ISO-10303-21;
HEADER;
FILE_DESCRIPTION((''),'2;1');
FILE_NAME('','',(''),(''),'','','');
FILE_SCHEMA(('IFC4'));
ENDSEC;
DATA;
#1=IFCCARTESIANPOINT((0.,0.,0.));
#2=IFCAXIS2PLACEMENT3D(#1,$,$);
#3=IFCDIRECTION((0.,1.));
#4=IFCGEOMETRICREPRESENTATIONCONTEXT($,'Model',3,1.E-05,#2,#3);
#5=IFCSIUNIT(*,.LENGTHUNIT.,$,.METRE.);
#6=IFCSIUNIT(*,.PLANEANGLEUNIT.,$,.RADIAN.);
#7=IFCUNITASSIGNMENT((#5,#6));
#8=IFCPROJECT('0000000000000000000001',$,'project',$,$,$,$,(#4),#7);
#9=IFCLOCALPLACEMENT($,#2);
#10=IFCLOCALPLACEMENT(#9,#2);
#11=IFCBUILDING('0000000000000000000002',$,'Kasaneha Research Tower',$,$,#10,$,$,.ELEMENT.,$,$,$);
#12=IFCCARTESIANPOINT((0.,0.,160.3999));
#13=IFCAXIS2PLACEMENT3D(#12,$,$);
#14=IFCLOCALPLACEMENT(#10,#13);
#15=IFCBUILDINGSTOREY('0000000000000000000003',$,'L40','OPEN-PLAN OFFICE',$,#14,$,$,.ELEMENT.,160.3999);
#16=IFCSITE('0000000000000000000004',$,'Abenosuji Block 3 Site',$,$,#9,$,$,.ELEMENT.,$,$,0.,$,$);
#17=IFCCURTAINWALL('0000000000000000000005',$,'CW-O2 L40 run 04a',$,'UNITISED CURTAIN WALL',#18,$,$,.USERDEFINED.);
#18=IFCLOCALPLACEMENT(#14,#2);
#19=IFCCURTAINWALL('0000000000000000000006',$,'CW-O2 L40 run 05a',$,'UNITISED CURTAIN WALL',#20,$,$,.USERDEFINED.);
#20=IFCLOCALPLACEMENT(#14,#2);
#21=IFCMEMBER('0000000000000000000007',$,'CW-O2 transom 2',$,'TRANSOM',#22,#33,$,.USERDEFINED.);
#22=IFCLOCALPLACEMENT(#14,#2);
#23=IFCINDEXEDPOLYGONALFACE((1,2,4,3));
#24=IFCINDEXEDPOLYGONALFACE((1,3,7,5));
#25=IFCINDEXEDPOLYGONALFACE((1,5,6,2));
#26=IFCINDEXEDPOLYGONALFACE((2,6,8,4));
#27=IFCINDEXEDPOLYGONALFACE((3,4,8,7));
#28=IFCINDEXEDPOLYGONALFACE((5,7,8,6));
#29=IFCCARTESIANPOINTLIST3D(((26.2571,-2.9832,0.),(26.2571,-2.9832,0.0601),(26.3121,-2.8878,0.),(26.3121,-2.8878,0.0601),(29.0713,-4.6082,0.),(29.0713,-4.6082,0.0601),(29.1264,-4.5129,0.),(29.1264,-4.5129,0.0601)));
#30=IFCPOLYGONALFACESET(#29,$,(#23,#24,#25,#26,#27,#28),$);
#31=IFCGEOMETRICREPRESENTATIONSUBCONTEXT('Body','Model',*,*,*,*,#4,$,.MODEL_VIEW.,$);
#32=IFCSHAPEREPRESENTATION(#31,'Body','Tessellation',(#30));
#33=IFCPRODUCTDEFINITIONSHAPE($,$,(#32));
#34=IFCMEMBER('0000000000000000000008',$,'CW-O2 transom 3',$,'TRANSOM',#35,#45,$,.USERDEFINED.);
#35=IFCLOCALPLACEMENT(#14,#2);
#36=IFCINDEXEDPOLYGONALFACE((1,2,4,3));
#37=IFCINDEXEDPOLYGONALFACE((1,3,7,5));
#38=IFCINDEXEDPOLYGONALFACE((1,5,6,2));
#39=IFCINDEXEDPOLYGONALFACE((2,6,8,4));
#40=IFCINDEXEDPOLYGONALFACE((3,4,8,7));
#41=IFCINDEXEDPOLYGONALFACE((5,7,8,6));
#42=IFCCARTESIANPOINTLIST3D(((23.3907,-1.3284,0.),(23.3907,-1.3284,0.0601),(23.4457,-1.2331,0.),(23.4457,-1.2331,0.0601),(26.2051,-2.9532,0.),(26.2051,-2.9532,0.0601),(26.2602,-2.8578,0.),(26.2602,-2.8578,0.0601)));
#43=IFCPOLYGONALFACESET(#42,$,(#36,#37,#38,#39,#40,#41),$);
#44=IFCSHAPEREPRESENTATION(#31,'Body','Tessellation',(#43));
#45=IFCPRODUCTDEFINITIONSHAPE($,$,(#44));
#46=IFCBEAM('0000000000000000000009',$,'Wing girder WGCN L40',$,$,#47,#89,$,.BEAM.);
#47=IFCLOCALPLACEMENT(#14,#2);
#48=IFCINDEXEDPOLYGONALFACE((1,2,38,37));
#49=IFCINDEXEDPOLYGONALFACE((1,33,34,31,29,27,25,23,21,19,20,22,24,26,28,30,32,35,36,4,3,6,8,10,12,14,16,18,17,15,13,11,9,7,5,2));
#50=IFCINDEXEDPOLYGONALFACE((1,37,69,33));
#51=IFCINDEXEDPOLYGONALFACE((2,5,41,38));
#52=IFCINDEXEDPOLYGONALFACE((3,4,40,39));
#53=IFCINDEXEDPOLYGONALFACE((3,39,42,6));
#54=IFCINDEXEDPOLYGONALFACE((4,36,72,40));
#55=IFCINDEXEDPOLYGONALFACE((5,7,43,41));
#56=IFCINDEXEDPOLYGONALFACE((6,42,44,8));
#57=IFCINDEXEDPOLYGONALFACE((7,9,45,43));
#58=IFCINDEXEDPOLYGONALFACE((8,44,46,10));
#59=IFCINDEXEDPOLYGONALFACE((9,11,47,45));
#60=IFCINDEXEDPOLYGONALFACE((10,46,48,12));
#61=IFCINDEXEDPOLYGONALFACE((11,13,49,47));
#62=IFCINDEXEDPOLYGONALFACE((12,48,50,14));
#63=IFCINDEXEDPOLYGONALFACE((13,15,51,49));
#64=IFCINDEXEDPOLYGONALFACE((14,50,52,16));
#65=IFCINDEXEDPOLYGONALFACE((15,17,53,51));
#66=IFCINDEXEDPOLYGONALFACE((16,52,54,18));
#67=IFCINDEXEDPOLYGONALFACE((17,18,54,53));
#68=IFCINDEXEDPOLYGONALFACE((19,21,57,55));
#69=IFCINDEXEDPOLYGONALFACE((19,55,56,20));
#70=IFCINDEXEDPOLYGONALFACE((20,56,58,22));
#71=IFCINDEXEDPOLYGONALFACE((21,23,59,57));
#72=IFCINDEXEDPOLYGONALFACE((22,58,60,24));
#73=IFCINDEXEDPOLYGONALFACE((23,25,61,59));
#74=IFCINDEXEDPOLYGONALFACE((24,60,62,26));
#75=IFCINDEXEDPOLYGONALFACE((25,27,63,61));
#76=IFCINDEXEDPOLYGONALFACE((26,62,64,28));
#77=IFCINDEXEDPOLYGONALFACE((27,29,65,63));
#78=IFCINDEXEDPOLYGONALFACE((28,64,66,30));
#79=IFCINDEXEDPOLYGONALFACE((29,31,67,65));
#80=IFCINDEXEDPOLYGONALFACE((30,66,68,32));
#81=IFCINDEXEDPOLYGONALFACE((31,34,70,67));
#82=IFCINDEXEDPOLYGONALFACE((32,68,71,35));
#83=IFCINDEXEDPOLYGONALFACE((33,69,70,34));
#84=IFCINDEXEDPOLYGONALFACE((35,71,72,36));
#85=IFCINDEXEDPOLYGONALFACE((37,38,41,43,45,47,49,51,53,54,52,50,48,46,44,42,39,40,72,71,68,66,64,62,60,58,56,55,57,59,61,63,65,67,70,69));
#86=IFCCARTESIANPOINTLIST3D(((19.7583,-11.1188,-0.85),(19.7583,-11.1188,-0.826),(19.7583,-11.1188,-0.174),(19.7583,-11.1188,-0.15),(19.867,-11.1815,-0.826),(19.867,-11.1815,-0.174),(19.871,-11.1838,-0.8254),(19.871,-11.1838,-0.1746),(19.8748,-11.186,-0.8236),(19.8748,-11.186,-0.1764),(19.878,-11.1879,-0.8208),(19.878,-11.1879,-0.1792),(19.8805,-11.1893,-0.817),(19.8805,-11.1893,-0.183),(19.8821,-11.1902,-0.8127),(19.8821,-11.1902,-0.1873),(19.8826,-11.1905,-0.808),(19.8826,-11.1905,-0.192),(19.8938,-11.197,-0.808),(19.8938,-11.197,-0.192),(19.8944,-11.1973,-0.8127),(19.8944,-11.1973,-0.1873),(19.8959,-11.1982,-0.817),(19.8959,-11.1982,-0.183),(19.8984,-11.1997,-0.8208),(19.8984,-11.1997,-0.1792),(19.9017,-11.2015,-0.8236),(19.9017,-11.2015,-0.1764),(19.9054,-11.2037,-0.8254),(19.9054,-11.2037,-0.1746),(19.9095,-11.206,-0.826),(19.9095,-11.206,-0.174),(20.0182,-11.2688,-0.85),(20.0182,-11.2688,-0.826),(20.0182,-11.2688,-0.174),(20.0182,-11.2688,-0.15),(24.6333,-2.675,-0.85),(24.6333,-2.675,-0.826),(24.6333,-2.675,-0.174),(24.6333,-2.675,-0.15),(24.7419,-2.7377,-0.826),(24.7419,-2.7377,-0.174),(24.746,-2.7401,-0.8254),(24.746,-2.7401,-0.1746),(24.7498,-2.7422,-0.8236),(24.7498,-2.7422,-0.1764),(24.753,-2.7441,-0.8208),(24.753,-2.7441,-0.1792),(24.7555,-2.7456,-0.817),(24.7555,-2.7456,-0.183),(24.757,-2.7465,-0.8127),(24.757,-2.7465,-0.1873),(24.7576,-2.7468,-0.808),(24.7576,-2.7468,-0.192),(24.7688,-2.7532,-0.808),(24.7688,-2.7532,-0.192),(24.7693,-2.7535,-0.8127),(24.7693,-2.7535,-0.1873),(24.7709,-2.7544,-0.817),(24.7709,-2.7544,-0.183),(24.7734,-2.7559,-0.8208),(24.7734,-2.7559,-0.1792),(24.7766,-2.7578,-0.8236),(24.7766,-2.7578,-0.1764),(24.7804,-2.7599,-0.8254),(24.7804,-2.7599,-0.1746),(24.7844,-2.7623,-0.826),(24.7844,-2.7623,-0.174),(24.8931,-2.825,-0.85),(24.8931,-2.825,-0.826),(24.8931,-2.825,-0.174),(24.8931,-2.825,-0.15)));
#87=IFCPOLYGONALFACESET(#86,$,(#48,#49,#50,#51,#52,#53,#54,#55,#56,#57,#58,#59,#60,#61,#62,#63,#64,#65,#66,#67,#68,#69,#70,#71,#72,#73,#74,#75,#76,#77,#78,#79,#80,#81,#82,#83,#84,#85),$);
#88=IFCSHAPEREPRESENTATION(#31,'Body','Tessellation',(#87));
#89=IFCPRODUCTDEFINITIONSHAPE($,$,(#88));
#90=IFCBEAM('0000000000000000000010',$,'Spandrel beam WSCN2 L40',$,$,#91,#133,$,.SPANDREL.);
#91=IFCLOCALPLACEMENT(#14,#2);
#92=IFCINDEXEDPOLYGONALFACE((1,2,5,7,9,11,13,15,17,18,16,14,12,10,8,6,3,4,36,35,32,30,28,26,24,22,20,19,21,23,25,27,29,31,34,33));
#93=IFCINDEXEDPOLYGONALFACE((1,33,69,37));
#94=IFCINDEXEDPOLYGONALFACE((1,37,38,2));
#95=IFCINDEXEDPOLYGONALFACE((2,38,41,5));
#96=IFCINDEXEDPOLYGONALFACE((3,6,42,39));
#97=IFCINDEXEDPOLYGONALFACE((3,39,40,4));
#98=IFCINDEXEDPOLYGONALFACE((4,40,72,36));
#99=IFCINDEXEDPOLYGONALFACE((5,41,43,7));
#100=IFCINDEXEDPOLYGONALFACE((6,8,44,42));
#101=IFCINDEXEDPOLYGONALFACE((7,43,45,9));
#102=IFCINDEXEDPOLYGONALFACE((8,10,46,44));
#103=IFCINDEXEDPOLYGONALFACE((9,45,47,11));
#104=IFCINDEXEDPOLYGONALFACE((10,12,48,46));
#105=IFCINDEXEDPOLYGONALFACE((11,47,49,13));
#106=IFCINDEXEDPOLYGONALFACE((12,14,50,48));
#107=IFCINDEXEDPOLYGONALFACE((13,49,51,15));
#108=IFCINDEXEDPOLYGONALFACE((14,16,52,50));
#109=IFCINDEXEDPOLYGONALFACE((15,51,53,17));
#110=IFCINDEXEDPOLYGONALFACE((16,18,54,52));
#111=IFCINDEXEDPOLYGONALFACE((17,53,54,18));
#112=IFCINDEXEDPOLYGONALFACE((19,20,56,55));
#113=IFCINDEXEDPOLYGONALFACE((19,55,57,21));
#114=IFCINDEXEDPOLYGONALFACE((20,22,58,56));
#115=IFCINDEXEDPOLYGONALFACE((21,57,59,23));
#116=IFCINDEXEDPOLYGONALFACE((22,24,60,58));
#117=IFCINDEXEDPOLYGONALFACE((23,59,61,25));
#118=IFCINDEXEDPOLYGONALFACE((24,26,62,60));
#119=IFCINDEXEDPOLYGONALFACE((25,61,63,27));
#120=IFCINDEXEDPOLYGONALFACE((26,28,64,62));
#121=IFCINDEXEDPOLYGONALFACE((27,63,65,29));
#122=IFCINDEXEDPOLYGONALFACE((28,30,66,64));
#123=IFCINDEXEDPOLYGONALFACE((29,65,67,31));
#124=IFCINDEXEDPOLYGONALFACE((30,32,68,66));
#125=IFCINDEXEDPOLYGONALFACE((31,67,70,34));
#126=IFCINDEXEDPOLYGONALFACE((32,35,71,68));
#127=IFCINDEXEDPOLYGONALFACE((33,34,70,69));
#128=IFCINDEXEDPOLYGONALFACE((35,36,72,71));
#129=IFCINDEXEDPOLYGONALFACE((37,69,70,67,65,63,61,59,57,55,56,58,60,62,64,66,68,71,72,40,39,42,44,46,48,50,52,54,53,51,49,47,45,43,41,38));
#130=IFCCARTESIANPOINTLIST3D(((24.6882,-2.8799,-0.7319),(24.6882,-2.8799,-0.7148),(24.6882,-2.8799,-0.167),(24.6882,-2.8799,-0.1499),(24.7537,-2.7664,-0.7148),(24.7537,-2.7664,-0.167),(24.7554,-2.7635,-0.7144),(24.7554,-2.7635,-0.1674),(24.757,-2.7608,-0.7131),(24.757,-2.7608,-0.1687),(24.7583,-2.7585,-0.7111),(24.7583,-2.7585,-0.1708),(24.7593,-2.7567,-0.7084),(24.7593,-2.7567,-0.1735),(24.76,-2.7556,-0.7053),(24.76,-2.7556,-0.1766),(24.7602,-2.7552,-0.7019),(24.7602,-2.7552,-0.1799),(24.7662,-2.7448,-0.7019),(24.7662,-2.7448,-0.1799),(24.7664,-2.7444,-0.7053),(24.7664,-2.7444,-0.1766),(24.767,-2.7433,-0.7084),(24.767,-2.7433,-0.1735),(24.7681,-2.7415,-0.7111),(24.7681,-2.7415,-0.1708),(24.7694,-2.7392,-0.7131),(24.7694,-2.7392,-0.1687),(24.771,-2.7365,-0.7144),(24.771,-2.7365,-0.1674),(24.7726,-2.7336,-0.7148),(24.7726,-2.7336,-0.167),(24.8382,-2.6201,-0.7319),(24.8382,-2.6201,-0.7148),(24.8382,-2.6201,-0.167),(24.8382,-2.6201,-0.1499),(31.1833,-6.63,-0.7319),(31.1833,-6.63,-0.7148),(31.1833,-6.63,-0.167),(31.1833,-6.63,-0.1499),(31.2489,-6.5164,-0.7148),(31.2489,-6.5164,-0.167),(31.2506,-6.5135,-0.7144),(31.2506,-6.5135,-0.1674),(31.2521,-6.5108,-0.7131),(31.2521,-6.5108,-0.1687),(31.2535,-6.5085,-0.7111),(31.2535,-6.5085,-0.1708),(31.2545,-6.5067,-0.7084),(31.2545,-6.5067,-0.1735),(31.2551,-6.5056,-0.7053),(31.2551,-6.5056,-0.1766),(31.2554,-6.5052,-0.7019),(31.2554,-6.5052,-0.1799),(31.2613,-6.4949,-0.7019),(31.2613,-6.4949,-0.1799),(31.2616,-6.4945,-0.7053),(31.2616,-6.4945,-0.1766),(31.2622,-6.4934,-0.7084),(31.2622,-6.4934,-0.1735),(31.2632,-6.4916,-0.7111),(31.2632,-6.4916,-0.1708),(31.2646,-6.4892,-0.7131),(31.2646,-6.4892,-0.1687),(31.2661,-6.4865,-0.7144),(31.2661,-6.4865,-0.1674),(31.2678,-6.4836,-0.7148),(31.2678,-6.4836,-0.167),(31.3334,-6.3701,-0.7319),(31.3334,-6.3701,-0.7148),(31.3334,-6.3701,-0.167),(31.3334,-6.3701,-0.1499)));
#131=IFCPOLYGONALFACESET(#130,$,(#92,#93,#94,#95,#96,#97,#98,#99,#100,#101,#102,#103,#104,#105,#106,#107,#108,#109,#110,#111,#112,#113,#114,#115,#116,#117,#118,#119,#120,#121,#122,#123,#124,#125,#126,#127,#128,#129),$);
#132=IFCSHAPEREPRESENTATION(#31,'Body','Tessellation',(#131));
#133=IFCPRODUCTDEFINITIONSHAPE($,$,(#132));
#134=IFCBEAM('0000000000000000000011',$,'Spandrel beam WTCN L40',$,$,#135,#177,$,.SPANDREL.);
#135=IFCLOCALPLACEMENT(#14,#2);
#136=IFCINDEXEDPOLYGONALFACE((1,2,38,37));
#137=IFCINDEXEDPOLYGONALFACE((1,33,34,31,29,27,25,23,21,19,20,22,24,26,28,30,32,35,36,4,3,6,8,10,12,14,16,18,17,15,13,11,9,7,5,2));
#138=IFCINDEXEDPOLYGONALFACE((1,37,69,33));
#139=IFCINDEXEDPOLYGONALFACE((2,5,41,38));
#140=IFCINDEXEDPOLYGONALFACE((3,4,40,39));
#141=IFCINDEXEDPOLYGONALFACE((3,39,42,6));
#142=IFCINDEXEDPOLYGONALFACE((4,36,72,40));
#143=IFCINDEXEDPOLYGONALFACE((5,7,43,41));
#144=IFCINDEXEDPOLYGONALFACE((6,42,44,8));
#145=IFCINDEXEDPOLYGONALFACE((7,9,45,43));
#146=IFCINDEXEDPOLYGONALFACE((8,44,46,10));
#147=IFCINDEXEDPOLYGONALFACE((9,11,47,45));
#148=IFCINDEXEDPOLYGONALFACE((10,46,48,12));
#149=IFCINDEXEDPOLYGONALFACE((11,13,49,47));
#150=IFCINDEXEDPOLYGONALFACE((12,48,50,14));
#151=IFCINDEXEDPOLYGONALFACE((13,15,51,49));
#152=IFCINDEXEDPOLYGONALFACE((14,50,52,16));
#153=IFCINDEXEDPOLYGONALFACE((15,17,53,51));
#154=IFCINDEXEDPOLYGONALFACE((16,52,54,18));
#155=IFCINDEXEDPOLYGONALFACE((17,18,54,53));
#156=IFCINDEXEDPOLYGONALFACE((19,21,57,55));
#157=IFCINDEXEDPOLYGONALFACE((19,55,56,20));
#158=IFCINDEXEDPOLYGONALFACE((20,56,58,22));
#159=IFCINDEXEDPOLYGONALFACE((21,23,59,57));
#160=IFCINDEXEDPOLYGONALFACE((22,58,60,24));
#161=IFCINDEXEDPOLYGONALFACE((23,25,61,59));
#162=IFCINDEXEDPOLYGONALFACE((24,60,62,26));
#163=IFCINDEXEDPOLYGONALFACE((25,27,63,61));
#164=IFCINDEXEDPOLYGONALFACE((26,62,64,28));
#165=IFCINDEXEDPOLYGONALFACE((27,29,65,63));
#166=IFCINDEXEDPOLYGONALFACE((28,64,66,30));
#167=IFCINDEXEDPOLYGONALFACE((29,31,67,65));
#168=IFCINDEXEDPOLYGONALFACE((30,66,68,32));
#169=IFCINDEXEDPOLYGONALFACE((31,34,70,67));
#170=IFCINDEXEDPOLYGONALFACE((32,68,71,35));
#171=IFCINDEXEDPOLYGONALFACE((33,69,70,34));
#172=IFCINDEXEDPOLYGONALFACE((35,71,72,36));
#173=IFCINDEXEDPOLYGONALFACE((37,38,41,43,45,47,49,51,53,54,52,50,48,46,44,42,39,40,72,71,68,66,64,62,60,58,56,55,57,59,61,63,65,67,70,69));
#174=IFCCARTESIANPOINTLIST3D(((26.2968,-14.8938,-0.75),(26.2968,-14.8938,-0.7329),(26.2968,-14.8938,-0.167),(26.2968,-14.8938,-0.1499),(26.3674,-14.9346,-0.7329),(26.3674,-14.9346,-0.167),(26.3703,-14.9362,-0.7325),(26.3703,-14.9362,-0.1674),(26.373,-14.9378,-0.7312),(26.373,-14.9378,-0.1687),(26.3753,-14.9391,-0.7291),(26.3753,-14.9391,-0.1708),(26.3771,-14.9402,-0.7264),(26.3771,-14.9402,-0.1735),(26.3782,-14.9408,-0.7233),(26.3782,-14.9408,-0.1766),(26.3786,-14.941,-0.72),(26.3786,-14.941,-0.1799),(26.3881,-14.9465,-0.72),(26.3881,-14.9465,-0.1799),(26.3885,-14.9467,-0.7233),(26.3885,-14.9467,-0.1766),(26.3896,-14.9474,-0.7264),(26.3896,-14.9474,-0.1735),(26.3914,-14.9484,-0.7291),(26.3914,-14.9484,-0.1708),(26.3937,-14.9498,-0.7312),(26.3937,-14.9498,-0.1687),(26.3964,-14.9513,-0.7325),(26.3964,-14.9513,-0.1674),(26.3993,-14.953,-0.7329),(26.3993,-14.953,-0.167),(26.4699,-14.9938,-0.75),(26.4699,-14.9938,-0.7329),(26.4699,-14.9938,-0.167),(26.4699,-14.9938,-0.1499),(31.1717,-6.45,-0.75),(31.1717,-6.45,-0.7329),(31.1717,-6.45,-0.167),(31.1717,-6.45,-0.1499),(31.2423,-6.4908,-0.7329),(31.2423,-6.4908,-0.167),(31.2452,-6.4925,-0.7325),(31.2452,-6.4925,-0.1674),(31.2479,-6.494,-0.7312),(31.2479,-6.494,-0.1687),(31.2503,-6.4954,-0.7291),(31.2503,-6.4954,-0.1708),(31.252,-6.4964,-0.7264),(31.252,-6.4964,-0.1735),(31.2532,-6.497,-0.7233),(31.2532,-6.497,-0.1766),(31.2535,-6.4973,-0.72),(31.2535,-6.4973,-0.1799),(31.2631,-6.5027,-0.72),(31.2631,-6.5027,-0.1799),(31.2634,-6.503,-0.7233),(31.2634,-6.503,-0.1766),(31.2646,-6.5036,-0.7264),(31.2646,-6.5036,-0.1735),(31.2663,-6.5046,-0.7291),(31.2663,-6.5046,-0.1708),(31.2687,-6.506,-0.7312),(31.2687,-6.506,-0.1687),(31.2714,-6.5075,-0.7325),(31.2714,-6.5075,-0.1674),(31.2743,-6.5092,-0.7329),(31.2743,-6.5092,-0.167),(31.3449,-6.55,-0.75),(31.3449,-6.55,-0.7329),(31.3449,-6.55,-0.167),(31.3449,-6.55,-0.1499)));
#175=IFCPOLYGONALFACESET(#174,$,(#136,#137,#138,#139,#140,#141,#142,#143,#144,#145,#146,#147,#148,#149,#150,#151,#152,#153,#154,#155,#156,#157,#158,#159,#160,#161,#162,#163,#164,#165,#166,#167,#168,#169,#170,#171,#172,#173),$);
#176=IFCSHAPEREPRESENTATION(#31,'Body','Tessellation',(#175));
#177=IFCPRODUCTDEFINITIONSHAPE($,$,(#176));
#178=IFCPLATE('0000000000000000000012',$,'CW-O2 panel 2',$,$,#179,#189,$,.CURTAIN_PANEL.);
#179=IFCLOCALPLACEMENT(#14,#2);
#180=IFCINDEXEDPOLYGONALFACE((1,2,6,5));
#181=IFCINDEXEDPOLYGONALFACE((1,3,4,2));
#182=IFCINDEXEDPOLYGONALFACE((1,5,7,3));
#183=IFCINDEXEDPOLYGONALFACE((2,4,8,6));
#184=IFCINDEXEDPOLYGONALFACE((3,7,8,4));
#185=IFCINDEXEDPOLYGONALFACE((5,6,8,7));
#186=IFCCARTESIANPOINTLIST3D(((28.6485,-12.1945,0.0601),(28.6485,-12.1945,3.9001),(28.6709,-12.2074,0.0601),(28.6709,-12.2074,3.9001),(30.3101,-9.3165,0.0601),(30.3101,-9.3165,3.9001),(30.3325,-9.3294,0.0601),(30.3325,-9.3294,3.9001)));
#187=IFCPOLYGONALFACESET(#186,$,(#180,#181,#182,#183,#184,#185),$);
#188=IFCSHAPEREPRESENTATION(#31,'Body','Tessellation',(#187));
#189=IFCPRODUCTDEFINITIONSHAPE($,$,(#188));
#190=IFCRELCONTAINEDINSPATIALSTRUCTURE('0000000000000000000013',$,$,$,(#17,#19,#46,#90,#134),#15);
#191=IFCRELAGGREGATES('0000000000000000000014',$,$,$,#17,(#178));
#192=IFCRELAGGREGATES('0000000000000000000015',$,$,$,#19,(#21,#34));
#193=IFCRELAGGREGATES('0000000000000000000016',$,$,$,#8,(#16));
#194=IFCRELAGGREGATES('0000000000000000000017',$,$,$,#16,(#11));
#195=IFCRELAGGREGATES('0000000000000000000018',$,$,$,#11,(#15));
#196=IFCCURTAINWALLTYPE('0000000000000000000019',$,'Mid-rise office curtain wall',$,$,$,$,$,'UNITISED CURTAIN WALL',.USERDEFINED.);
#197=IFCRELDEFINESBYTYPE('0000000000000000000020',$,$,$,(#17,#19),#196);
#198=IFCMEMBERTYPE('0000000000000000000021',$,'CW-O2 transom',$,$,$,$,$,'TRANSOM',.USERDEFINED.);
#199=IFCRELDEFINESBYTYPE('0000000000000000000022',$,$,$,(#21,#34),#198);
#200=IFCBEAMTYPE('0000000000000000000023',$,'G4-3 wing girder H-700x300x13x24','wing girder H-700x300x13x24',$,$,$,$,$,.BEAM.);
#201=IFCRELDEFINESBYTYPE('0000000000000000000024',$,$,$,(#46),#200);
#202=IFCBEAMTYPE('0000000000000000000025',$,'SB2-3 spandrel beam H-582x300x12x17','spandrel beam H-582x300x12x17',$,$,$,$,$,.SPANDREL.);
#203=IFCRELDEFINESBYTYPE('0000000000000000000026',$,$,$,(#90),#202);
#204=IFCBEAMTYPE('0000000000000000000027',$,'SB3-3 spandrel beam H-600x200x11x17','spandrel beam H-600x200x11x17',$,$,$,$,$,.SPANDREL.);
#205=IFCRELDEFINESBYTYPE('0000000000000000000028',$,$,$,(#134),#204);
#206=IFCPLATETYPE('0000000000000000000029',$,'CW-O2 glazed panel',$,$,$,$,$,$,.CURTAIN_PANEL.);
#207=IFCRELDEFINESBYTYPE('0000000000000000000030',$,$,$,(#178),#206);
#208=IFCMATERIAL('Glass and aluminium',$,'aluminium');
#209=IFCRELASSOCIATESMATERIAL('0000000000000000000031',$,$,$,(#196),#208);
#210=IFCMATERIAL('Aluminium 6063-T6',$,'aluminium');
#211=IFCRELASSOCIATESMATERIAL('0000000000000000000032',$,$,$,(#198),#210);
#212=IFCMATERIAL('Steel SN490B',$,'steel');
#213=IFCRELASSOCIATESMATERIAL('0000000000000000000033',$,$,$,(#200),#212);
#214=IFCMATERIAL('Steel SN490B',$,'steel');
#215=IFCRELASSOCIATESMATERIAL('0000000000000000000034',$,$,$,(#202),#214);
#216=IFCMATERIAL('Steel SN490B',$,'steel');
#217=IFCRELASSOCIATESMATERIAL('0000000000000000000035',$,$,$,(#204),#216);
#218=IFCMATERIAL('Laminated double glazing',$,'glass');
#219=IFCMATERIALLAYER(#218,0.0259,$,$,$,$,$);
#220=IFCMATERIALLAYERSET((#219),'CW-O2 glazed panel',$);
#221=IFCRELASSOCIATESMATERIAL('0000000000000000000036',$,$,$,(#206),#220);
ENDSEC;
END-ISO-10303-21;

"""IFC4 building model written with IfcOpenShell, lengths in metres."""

from ifc_helpers import new_model, si_unit, direction, frame, origin, origin_2d, place, context, subcontext, project, spatial, rectangle, i_section, extrude, material, layer, layer_set, material_profile, profile_set, type_object, element, aggregate, save


model = new_model("IFC4")

# Units and contexts
model_context = context("Model", 3, precision=1e-05, world=origin(), true_north=direction((0.0, 1.0)))
body_context = subcontext(model_context, "Body", "Model", "MODEL_VIEW")
ifc_project = project(units=[si_unit("LENGTHUNIT", "METRE"), si_unit("PLANEANGLEUNIT", "RADIAN")], contexts=[model_context])

# Site, building, storey
site_placement = place(None, origin())
site = spatial("IfcSite", under=ifc_project, at=site_placement, Name="Abenosuji Block 3 Site", CompositionType="ELEMENT", RefElevation=0.0)
building_placement = place(site_placement, origin())
building = spatial("IfcBuilding", under=site, at=building_placement, Name="Kasaneha Research Tower", CompositionType="ELEMENT")
storey_placement = place(building_placement, frame((0.0, 0.0, 160.3999)))
storey = spatial("IfcBuildingStorey", under=building, at=storey_placement, Name="L40", Description="OPEN-PLAN OFFICE", CompositionType="ELEMENT", Elevation=160.3999)

# Curtain walls
ifc_material_1 = material(Name="Glass and aluminium", Category="aluminium")
curtain_wall_type = type_object("IfcCurtainWallType", Name="Mid-rise office curtain wall", ElementType="UNITISED CURTAIN WALL", PredefinedType="USERDEFINED", material=ifc_material_1)
curtain_wall_1_placement = place(storey_placement, origin())
curtain_wall_1 = element("IfcCurtainWall", 1, at=curtain_wall_1_placement, inside=storey, type_object=curtain_wall_type, Name="CW-O2 L40 run 04a", ObjectType="UNITISED CURTAIN WALL", PredefinedType="USERDEFINED")
curtain_wall_2_placement = place(storey_placement, origin())
curtain_wall_2 = element("IfcCurtainWall", 2, at=curtain_wall_2_placement, inside=storey, type_object=curtain_wall_type, Name="CW-O2 L40 run 05a", ObjectType="UNITISED CURTAIN WALL", PredefinedType="USERDEFINED")

# Members
ifc_material_2 = material(Name="Aluminium 6063-T6", Category="aluminium")
ifc_material_profile_1 = material_profile(ifc_material_2, rectangle(XDim=0.1101, YDim=0.0601, at=origin_2d()), Name="CW-O2 transom 110x60")
ifc_profile_set_1 = profile_set([ifc_material_profile_1], Name="Aluminium 6063-T6")
member_type_1 = type_object("IfcMemberType", Name="CW-O2 transom", ElementType="TRANSOM", PredefinedType="USERDEFINED", material=ifc_profile_set_1)
member_1_placement = place(storey_placement, frame((29.0989, -4.5605, 0.03), z_axis=(-0.865997, 0.50005, 0.0), x_axis=(-0.50005, -0.865997, 0.0)))
member_1 = element("IfcMember", 3, at=member_1_placement, type_object=member_type_1, Name="CW-O2 transom 2", ObjectType="TRANSOM", PredefinedType="USERDEFINED", context=body_context, shape_type="SweptSolid", body=[
    extrude(rectangle(XDim=0.1101, YDim=0.0601, at=origin_2d()), origin(), (0.0, 0.0, 1.0), 3.2498),
])
member_2_placement = place(storey_placement, frame((26.2327, -2.9055, 0.03), z_axis=(-0.866048, 0.499961, 0.0), x_axis=(-0.499961, -0.866048, 0.0)))
member_2 = element("IfcMember", 4, at=member_2_placement, type_object=member_type_1, Name="CW-O2 transom 3", ObjectType="TRANSOM", PredefinedType="USERDEFINED", context=body_context, shape_type="SweptSolid", body=[
    extrude(rectangle(XDim=0.1101, YDim=0.0601, at=origin_2d()), origin(), (0.0, 0.0, 1.0), 3.2498),
])

# Beams
ifc_material_3 = material(Name="Steel SN490B", Category="steel")
ifc_material_profile_2 = material_profile(ifc_material_3, i_section(OverallWidth=0.3, OverallDepth=0.7, WebThickness=0.0129, FlangeThickness=0.0239, FilletRadius=0.0181, at=origin_2d()), Name="H-700x300x13x24")
ifc_profile_set_2 = profile_set([ifc_material_profile_2], Name="Steel SN490B")
beam_type_1 = type_object("IfcBeamType", Name="G4-3 wing girder H-700x300x13x24", Description="wing girder H-700x300x13x24", PredefinedType="BEAM", material=ifc_profile_set_2)
beam_1_placement = place(storey_placement, frame((24.7632, -2.75, -0.5), z_axis=(-0.499996, -0.866028, 0.0), x_axis=(0.866028, -0.499996, 0.0)))
element("IfcBeam", 5, at=beam_1_placement, inside=storey, type_object=beam_type_1, Name="Wing girder WGCN L40", PredefinedType="BEAM", context=body_context, shape_type="SweptSolid", body=[
    extrude(i_section(OverallWidth=0.3, OverallDepth=0.7, WebThickness=0.0129, FlangeThickness=0.0239, FilletRadius=0.0181, at=origin_2d()), origin(), (0.0, 0.0, 1.0), 9.75),
])
ifc_material_4 = material(Name="Steel SN490B", Category="steel")
ifc_material_profile_3 = material_profile(ifc_material_4, i_section(OverallWidth=0.3, OverallDepth=0.582, WebThickness=0.012, FlangeThickness=0.0171, FilletRadius=0.0129, at=origin_2d()), Name="H-582x300x12x17")
ifc_profile_set_3 = profile_set([ifc_material_profile_3], Name="Steel SN490B")
beam_type_2 = type_object("IfcBeamType", Name="SB2-3 spandrel beam H-582x300x12x17", Description="spandrel beam H-582x300x12x17", PredefinedType="SPANDREL", material=ifc_profile_set_3)
beam_2_placement = place(storey_placement, frame((24.7632, -2.75, -0.4409), z_axis=(0.866023, -0.500004, 0.0), x_axis=(0.500004, 0.866023, 0.0)))
element("IfcBeam", 6, at=beam_2_placement, inside=storey, type_object=beam_type_2, Name="Spandrel beam WSCN2 L40", PredefinedType="SPANDREL", context=body_context, shape_type="SweptSolid", body=[
    extrude(i_section(OverallWidth=0.3, OverallDepth=0.582, WebThickness=0.012, FlangeThickness=0.0171, FilletRadius=0.0129, at=origin_2d()), origin(), (0.0, 0.0, 1.0), 7.5),
])
ifc_material_5 = material(Name="Steel SN490B", Category="steel")
ifc_material_profile_4 = material_profile(ifc_material_5, i_section(OverallWidth=0.2, OverallDepth=0.6001, WebThickness=0.011, FlangeThickness=0.0171, FilletRadius=0.0129, at=origin_2d()), Name="H-600x200x11x17")
ifc_profile_set_4 = profile_set([ifc_material_profile_4], Name="Steel SN490B")
beam_type_3 = type_object("IfcBeamType", Name="SB3-3 spandrel beam H-600x200x11x17", Description="spandrel beam H-600x200x11x17", PredefinedType="SPANDREL", material=ifc_profile_set_4)
beam_3_placement = place(storey_placement, frame((31.2583, -6.5, -0.45), z_axis=(-0.499996, -0.866028, 0.0), x_axis=(0.866028, -0.499996, 0.0)))
element("IfcBeam", 7, at=beam_3_placement, inside=storey, type_object=beam_type_3, Name="Spandrel beam WTCN L40", PredefinedType="SPANDREL", context=body_context, shape_type="SweptSolid", body=[
    extrude(i_section(OverallWidth=0.2, OverallDepth=0.6001, WebThickness=0.011, FlangeThickness=0.0171, FilletRadius=0.0129, at=origin_2d()), origin(), (0.0, 0.0, 1.0), 9.75),
])

# Plate
ifc_material_6 = material(Name="Laminated double glazing", Category="glass")
ifc_layer_1 = layer(ifc_material_6, 0.0259)
ifc_layer_set_1 = layer_set([ifc_layer_1], Name="CW-O2 glazed panel")
plate_type = type_object("IfcPlateType", Name="CW-O2 glazed panel", PredefinedType="CURTAIN_PANEL", material=ifc_layer_set_1)
plate_1_placement = place(storey_placement, frame((29.4905, -10.762, 0.0601), z_axis=(0.0, 0.0, 1.0), x_axis=(0.5, 0.866025, 0.0)))
plate_1 = element("IfcPlate", 8, at=plate_1_placement, type_object=plate_type, Name="CW-O2 panel 2", PredefinedType="CURTAIN_PANEL", context=body_context, shape_type="SweptSolid", body=[
    extrude(rectangle(XDim=3.3232, YDim=0.0259, at=origin_2d()), origin(), (0.0, 0.0, 1.0), 3.8401),
])
aggregate(curtain_wall_1, [plate_1])
aggregate(curtain_wall_2, [member_1, member_2])

save(model, "model.ifc")
